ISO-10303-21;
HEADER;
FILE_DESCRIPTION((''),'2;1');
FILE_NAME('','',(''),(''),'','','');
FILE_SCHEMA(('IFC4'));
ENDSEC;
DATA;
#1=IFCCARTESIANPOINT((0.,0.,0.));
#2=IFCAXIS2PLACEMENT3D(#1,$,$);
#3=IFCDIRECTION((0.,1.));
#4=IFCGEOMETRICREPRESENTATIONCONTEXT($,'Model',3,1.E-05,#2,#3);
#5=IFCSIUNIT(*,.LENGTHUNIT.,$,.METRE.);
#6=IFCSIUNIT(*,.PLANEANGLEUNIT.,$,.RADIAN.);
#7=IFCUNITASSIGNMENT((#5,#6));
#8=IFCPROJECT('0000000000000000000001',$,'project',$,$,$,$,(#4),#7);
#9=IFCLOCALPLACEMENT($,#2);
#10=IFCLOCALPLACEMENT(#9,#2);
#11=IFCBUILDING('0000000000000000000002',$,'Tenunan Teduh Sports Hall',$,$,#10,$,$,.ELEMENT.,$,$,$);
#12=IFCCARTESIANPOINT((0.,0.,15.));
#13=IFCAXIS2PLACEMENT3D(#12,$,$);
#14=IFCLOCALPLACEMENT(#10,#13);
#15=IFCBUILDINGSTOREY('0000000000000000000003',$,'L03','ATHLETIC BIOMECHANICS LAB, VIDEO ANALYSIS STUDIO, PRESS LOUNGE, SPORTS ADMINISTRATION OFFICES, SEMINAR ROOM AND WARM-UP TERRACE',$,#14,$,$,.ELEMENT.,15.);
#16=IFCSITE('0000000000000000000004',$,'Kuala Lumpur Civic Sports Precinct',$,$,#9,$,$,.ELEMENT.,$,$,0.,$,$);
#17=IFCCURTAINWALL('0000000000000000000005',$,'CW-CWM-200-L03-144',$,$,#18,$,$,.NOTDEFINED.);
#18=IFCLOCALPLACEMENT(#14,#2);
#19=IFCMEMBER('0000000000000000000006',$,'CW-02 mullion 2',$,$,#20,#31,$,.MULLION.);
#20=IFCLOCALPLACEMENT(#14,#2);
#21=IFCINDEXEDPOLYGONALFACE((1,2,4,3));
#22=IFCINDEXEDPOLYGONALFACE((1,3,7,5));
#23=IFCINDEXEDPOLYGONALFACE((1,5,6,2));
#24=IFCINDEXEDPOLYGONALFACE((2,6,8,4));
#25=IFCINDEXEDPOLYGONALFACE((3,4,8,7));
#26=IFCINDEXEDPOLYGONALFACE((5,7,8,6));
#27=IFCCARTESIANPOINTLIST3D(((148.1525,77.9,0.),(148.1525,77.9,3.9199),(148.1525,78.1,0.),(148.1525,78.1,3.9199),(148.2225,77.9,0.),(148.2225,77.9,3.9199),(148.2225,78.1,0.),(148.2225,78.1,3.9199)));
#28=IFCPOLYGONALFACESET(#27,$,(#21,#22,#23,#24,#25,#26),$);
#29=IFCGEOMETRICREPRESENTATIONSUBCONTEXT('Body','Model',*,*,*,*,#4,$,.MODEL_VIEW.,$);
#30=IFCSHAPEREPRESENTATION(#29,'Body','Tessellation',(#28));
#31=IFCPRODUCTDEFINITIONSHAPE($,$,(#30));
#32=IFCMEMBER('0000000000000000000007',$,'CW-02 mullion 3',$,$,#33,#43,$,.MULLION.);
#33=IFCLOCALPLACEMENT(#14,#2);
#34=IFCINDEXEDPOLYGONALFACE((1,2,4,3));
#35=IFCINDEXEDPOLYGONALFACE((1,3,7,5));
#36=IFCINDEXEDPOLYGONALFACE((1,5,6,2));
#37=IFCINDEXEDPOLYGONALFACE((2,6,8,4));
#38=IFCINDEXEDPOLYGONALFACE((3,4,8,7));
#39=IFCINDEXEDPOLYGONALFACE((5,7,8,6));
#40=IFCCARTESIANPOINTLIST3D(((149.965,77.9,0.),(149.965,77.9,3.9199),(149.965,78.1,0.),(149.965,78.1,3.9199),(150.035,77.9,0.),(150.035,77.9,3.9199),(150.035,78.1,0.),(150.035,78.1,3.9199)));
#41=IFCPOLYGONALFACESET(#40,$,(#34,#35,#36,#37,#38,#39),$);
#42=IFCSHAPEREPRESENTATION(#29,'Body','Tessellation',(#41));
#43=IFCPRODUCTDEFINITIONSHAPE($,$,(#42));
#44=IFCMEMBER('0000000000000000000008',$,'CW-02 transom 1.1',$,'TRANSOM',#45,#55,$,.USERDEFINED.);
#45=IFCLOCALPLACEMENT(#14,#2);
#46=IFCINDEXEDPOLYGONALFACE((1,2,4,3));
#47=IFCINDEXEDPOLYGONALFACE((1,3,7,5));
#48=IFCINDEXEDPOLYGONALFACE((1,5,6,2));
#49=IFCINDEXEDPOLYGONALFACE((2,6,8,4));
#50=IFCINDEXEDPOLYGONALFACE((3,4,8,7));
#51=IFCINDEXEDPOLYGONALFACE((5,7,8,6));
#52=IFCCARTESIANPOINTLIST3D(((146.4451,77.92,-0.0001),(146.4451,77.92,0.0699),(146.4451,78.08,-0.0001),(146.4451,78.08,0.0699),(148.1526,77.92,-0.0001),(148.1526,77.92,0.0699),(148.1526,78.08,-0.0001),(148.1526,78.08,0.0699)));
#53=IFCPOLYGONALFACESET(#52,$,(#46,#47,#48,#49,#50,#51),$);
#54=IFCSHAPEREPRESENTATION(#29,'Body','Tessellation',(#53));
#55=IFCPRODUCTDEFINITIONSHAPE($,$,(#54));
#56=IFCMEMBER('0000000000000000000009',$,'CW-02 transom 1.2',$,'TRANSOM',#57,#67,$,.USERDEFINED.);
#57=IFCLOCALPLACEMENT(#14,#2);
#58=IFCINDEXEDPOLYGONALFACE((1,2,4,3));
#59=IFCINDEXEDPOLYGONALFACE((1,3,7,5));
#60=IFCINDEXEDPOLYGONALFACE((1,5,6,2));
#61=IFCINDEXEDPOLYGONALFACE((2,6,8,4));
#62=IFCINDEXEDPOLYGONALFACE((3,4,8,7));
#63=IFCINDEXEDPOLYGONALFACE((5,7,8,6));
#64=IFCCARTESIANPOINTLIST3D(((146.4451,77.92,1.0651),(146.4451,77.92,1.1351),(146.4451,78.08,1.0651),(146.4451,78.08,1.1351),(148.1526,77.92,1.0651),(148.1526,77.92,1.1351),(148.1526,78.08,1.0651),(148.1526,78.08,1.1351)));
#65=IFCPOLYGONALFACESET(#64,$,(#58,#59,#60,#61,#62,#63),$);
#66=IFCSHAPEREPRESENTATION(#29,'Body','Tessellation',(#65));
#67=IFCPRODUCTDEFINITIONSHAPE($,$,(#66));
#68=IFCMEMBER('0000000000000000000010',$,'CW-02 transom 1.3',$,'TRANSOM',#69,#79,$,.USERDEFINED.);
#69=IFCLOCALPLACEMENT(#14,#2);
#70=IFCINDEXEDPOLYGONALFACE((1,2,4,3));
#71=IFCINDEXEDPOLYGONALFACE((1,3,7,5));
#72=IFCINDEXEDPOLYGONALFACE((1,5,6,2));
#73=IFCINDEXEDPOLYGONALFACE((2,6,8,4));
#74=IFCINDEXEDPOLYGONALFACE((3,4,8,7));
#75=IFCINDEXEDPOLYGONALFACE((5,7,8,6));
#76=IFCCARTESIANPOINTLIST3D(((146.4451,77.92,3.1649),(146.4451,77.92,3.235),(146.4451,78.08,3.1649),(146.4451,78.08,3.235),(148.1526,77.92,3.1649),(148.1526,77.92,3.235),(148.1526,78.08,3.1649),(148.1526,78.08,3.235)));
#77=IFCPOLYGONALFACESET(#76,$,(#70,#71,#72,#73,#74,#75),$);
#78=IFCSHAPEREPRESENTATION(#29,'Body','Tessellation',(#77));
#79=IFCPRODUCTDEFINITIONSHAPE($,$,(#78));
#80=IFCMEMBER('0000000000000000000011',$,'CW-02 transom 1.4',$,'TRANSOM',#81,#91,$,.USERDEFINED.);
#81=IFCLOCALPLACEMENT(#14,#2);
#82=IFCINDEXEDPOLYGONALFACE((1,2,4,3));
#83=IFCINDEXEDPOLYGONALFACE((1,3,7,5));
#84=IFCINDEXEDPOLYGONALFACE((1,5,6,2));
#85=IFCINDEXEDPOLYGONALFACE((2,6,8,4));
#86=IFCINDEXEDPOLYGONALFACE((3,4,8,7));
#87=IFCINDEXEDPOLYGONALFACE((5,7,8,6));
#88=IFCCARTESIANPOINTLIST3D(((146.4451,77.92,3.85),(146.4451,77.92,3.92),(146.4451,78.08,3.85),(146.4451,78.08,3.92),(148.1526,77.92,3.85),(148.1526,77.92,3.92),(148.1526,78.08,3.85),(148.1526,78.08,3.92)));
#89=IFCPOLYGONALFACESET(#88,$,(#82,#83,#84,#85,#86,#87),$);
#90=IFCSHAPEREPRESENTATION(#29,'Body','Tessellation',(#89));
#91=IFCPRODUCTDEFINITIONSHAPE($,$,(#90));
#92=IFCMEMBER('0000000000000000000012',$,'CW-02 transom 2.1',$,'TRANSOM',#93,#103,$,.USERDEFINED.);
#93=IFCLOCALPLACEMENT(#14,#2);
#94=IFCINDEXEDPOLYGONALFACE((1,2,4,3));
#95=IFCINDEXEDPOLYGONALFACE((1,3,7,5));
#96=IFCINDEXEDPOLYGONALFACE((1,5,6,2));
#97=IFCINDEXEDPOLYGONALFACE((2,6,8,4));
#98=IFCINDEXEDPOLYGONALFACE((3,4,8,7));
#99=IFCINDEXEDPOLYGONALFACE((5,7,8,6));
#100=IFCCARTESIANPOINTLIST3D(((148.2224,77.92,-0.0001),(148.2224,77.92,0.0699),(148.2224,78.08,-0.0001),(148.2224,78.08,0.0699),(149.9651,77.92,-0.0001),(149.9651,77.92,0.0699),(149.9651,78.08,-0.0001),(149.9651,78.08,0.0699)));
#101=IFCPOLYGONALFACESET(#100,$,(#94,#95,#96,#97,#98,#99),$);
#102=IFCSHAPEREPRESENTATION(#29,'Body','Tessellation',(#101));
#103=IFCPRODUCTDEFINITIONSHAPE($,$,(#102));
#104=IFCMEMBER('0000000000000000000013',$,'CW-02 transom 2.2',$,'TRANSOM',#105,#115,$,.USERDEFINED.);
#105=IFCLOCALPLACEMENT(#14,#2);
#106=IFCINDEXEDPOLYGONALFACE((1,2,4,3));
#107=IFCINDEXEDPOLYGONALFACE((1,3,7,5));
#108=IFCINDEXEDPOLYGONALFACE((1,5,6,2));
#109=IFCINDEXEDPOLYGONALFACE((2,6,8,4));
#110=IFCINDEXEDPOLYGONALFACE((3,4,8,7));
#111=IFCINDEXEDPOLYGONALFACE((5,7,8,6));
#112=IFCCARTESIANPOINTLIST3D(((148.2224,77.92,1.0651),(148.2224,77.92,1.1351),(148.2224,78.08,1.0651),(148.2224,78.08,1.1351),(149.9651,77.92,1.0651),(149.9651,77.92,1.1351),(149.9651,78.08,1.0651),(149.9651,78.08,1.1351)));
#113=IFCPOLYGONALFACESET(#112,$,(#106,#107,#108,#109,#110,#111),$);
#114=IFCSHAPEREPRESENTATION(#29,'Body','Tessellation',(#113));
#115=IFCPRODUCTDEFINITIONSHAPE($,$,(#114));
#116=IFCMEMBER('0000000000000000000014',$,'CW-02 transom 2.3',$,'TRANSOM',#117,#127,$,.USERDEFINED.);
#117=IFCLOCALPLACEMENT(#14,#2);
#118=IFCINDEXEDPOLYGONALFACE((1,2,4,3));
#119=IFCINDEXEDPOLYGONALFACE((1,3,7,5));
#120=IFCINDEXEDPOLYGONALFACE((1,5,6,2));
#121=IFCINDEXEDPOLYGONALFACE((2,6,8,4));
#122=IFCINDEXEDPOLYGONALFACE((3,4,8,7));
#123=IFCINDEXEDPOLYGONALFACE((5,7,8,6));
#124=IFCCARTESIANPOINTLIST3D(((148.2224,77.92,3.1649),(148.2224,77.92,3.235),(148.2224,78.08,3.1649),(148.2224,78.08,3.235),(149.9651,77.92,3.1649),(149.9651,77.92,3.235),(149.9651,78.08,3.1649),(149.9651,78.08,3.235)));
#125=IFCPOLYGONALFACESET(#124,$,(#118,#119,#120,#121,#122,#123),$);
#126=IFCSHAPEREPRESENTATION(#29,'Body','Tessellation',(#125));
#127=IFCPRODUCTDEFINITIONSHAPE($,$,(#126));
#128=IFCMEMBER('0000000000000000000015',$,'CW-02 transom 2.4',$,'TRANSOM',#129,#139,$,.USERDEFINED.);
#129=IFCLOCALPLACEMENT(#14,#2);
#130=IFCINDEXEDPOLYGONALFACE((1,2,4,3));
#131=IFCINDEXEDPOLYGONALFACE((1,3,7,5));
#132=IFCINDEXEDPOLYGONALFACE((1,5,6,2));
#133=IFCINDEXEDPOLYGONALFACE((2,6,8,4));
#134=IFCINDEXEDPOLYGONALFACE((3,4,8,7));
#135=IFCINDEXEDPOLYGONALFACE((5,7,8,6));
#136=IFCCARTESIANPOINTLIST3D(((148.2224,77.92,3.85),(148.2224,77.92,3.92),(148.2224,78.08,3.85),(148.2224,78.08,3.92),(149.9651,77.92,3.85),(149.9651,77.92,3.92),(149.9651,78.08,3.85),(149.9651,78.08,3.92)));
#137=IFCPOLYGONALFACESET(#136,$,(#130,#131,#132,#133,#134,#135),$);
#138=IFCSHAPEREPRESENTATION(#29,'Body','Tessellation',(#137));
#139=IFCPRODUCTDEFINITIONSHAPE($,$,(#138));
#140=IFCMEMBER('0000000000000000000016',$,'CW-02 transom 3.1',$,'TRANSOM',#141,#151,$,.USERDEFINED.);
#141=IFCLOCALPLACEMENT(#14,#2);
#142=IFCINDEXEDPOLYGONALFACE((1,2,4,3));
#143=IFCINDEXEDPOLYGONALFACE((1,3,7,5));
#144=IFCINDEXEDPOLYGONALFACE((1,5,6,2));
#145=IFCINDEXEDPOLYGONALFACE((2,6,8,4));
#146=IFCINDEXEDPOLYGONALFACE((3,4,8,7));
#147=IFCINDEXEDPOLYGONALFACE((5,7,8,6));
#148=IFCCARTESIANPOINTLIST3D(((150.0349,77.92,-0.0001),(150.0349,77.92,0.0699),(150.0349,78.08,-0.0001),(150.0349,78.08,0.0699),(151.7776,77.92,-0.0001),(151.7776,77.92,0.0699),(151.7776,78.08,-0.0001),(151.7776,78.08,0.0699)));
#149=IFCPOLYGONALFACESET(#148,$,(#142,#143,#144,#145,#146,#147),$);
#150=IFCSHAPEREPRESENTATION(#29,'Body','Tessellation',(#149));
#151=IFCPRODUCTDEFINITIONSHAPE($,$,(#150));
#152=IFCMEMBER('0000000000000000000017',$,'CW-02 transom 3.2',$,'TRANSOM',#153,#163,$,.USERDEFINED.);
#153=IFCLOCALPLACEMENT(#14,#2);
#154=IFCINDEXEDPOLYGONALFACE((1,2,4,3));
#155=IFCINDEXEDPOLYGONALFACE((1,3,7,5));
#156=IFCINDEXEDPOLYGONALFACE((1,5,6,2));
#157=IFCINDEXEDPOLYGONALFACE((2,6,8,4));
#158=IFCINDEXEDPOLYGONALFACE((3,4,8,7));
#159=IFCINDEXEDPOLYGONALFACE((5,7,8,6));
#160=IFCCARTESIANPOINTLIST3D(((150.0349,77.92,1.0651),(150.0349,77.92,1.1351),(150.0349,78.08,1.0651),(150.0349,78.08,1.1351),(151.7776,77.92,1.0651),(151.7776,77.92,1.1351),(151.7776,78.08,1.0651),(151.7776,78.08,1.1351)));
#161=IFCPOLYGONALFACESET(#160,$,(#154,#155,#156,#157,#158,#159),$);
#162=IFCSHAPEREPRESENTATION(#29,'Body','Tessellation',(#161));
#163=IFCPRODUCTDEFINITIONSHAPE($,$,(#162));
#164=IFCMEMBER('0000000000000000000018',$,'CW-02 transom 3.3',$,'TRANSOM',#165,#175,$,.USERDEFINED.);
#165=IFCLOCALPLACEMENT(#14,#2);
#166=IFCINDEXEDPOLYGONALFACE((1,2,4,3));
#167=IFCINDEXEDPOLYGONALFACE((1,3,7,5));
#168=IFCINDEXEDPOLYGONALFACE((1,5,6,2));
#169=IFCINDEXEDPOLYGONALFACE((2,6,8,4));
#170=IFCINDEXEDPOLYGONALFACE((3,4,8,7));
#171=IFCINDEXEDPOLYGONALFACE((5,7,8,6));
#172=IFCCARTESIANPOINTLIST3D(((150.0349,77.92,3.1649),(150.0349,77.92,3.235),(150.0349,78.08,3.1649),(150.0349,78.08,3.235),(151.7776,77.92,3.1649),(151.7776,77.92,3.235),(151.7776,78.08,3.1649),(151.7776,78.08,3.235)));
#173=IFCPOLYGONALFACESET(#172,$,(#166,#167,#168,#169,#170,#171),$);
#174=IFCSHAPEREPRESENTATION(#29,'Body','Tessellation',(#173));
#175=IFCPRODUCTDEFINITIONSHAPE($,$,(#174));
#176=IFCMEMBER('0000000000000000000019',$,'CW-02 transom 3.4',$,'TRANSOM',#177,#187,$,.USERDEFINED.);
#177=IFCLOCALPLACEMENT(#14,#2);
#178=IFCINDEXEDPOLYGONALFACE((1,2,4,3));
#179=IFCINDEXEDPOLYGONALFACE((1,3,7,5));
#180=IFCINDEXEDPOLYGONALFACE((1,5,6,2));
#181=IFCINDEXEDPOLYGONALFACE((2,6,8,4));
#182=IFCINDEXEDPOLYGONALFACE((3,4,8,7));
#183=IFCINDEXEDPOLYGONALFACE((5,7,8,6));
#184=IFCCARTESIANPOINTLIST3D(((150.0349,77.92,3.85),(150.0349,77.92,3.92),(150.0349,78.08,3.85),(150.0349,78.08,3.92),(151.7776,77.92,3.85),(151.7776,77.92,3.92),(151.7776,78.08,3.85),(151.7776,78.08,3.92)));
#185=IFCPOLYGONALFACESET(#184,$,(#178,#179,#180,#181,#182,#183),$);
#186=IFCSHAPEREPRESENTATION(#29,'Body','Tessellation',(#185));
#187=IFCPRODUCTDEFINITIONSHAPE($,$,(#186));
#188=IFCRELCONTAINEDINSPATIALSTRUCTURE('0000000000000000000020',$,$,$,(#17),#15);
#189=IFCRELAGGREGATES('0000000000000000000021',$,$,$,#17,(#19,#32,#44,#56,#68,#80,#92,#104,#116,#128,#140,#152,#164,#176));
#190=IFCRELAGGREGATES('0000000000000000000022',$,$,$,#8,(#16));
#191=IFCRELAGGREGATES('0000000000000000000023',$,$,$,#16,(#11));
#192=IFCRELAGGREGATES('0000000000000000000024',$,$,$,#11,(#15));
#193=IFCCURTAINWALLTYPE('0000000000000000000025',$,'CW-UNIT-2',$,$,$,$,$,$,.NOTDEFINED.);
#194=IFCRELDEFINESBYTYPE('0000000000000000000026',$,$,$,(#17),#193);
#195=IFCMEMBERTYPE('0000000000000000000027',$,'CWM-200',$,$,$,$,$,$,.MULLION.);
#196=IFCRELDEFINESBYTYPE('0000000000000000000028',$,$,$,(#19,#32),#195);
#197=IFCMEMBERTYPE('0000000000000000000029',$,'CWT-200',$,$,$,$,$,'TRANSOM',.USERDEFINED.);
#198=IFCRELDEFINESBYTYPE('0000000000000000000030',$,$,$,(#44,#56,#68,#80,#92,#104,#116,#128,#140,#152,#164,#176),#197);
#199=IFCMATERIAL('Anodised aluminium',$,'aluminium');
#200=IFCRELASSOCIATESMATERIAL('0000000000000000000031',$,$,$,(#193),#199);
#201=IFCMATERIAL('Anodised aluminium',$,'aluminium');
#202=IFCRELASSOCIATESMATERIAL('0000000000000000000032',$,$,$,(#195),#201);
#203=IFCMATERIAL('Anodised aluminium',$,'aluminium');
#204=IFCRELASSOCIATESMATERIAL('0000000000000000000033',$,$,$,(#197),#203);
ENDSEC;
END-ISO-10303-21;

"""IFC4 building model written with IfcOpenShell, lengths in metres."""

from ifc_helpers import new_model, si_unit, direction, frame, origin, origin_2d, place, context, subcontext, project, spatial, rectangle, extrude, material, material_profile, profile_set, type_object, element, aggregate, save


model = new_model("IFC4")

# Units and contexts
model_context = context("Model", 3, precision=1e-05, world=origin(), true_north=direction((0.0, 1.0)))
body_context = subcontext(model_context, "Body", "Model", "MODEL_VIEW")
ifc_project = project(units=[si_unit("LENGTHUNIT", "METRE"), si_unit("PLANEANGLEUNIT", "RADIAN")], contexts=[model_context])

# Site, building, storey
site_placement = place(None, origin())
site = spatial("IfcSite", under=ifc_project, at=site_placement, Name="Kuala Lumpur Civic Sports Precinct", CompositionType="ELEMENT", RefElevation=0.0)
building_placement = place(site_placement, origin())
building = spatial("IfcBuilding", under=site, at=building_placement, Name="Tenunan Teduh Sports Hall", CompositionType="ELEMENT")
storey_placement = place(building_placement, frame((0.0, 0.0, 15.0)))
storey = spatial("IfcBuildingStorey", under=building, at=storey_placement, Name="L03", Description="ATHLETIC BIOMECHANICS LAB, VIDEO ANALYSIS STUDIO, PRESS LOUNGE, SPORTS ADMINISTRATION OFFICES, SEMINAR ROOM AND WARM-UP TERRACE", CompositionType="ELEMENT", Elevation=15.0)

# Curtain wall, members
ifc_material_1 = material(Name="Anodised aluminium", Category="aluminium")
curtain_wall_type = type_object("IfcCurtainWallType", Name="CW-UNIT-2", PredefinedType="NOTDEFINED", material=ifc_material_1)
curtain_wall_placement = place(storey_placement, origin())
curtain_wall = element("IfcCurtainWall", 1, at=curtain_wall_placement, inside=storey, type_object=curtain_wall_type, Name="CW-CWM-200-L03-144", PredefinedType="NOTDEFINED")
ifc_material_2 = material(Name="Anodised aluminium", Category="aluminium")
ifc_material_profile_1 = material_profile(ifc_material_2, rectangle(XDim=0.0701, YDim=0.2, at=origin_2d()), Name="CWM 70x200")
ifc_profile_set_1 = profile_set([ifc_material_profile_1], Name="Anodised aluminium")
member_type_1 = type_object("IfcMemberType", Name="CWM-200", PredefinedType="MULLION", material=ifc_profile_set_1)
member_1_placement = place(storey_placement, frame((148.1875, 78.0, 0.0), z_axis=(0.0, 0.0, 1.0), x_axis=(1.0, 0.0, 0.0)))
member_1 = element("IfcMember", 2, at=member_1_placement, type_object=member_type_1, Name="CW-02 mullion 2", PredefinedType="MULLION", context=body_context, shape_type="SweptSolid", body=[
    extrude(rectangle(XDim=0.0701, YDim=0.2, at=origin_2d()), origin(), (0.0, 0.0, 1.0), 3.9199),
])
member_2_placement = place(storey_placement, frame((150.0, 78.0, 0.0), z_axis=(0.0, 0.0, 1.0), x_axis=(1.0, 0.0, 0.0)))
member_2 = element("IfcMember", 3, at=member_2_placement, type_object=member_type_1, Name="CW-02 mullion 3", PredefinedType="MULLION", context=body_context, shape_type="SweptSolid", body=[
    extrude(rectangle(XDim=0.0701, YDim=0.2, at=origin_2d()), origin(), (0.0, 0.0, 1.0), 3.9199),
])
ifc_material_3 = material(Name="Anodised aluminium", Category="aluminium")
ifc_material_profile_2 = material_profile(ifc_material_3, rectangle(XDim=0.0701, YDim=0.1599, at=origin_2d()), Name="CWT 70x160")
ifc_profile_set_2 = profile_set([ifc_material_profile_2], Name="Anodised aluminium")
member_type_2 = type_object("IfcMemberType", Name="CWT-200", ElementType="TRANSOM", PredefinedType="USERDEFINED", material=ifc_profile_set_2)
member_3_placement = place(storey_placement, frame((146.4451, 78.0, 0.0349), z_axis=(1.0, 0.0, 0.0), x_axis=(0.0, 0.0, 1.0)))
member_3 = element("IfcMember", 4, at=member_3_placement, type_object=member_type_2, Name="CW-02 transom 1.1", ObjectType="TRANSOM", PredefinedType="USERDEFINED", context=body_context, shape_type="SweptSolid", body=[
    extrude(rectangle(XDim=0.0701, YDim=0.1599, at=origin_2d()), origin(), (0.0, 0.0, 1.0), 1.7075),
])
member_4_placement = place(storey_placement, frame((146.4451, 78.0, 1.1001), z_axis=(1.0, 0.0, 0.0), x_axis=(0.0, 0.0, 1.0)))
member_4 = element("IfcMember", 5, at=member_4_placement, type_object=member_type_2, Name="CW-02 transom 1.2", ObjectType="TRANSOM", PredefinedType="USERDEFINED", context=body_context, shape_type="SweptSolid", body=[
    extrude(rectangle(XDim=0.0701, YDim=0.1599, at=origin_2d()), origin(), (0.0, 0.0, 1.0), 1.7075),
])
member_5_placement = place(storey_placement, frame((146.4451, 78.0, 3.2), z_axis=(1.0, 0.0, 0.0), x_axis=(0.0, 0.0, 1.0)))
member_5 = element("IfcMember", 6, at=member_5_placement, type_object=member_type_2, Name="CW-02 transom 1.3", ObjectType="TRANSOM", PredefinedType="USERDEFINED", context=body_context, shape_type="SweptSolid", body=[
    extrude(rectangle(XDim=0.0701, YDim=0.1599, at=origin_2d()), origin(), (0.0, 0.0, 1.0), 1.7075),
])
member_6_placement = place(storey_placement, frame((146.4451, 78.0, 3.885), z_axis=(1.0, 0.0, 0.0), x_axis=(0.0, 0.0, 1.0)))
member_6 = element("IfcMember", 7, at=member_6_placement, type_object=member_type_2, Name="CW-02 transom 1.4", ObjectType="TRANSOM", PredefinedType="USERDEFINED", context=body_context, shape_type="SweptSolid", body=[
    extrude(rectangle(XDim=0.0701, YDim=0.1599, at=origin_2d()), origin(), (0.0, 0.0, 1.0), 1.7075),
])
member_7_placement = place(storey_placement, frame((148.2224, 78.0, 0.0349), z_axis=(1.0, 0.0, 0.0), x_axis=(0.0, 0.0, 1.0)))
member_7 = element("IfcMember", 8, at=member_7_placement, type_object=member_type_2, Name="CW-02 transom 2.1", ObjectType="TRANSOM", PredefinedType="USERDEFINED", context=body_context, shape_type="SweptSolid", body=[
    extrude(rectangle(XDim=0.0701, YDim=0.1599, at=origin_2d()), origin(), (0.0, 0.0, 1.0), 1.7427),
])
member_8_placement = place(storey_placement, frame((148.2224, 78.0, 1.1001), z_axis=(1.0, 0.0, 0.0), x_axis=(0.0, 0.0, 1.0)))
member_8 = element("IfcMember", 9, at=member_8_placement, type_object=member_type_2, Name="CW-02 transom 2.2", ObjectType="TRANSOM", PredefinedType="USERDEFINED", context=body_context, shape_type="SweptSolid", body=[
    extrude(rectangle(XDim=0.0701, YDim=0.1599, at=origin_2d()), origin(), (0.0, 0.0, 1.0), 1.7427),
])
member_9_placement = place(storey_placement, frame((148.2224, 78.0, 3.2), z_axis=(1.0, 0.0, 0.0), x_axis=(0.0, 0.0, 1.0)))
member_9 = element("IfcMember", 10, at=member_9_placement, type_object=member_type_2, Name="CW-02 transom 2.3", ObjectType="TRANSOM", PredefinedType="USERDEFINED", context=body_context, shape_type="SweptSolid", body=[
    extrude(rectangle(XDim=0.0701, YDim=0.1599, at=origin_2d()), origin(), (0.0, 0.0, 1.0), 1.7427),
])
member_10_placement = place(storey_placement, frame((148.2224, 78.0, 3.885), z_axis=(1.0, 0.0, 0.0), x_axis=(0.0, 0.0, 1.0)))
member_10 = element("IfcMember", 11, at=member_10_placement, type_object=member_type_2, Name="CW-02 transom 2.4", ObjectType="TRANSOM", PredefinedType="USERDEFINED", context=body_context, shape_type="SweptSolid", body=[
    extrude(rectangle(XDim=0.0701, YDim=0.1599, at=origin_2d()), origin(), (0.0, 0.0, 1.0), 1.7427),
])
member_11_placement = place(storey_placement, frame((150.0349, 78.0, 0.0349), z_axis=(1.0, 0.0, 0.0), x_axis=(0.0, 0.0, 1.0)))
member_11 = element("IfcMember", 12, at=member_11_placement, type_object=member_type_2, Name="CW-02 transom 3.1", ObjectType="TRANSOM", PredefinedType="USERDEFINED", context=body_context, shape_type="SweptSolid", body=[
    extrude(rectangle(XDim=0.0701, YDim=0.1599, at=origin_2d()), origin(), (0.0, 0.0, 1.0), 1.7427),
])
member_12_placement = place(storey_placement, frame((150.0349, 78.0, 1.1001), z_axis=(1.0, 0.0, 0.0), x_axis=(0.0, 0.0, 1.0)))
member_12 = element("IfcMember", 13, at=member_12_placement, type_object=member_type_2, Name="CW-02 transom 3.2", ObjectType="TRANSOM", PredefinedType="USERDEFINED", context=body_context, shape_type="SweptSolid", body=[
    extrude(rectangle(XDim=0.0701, YDim=0.1599, at=origin_2d()), origin(), (0.0, 0.0, 1.0), 1.7427),
])
member_13_placement = place(storey_placement, frame((150.0349, 78.0, 3.2), z_axis=(1.0, 0.0, 0.0), x_axis=(0.0, 0.0, 1.0)))
member_13 = element("IfcMember", 14, at=member_13_placement, type_object=member_type_2, Name="CW-02 transom 3.3", ObjectType="TRANSOM", PredefinedType="USERDEFINED", context=body_context, shape_type="SweptSolid", body=[
    extrude(rectangle(XDim=0.0701, YDim=0.1599, at=origin_2d()), origin(), (0.0, 0.0, 1.0), 1.7427),
])
member_14_placement = place(storey_placement, frame((150.0349, 78.0, 3.885), z_axis=(1.0, 0.0, 0.0), x_axis=(0.0, 0.0, 1.0)))
member_14 = element("IfcMember", 15, at=member_14_placement, type_object=member_type_2, Name="CW-02 transom 3.4", ObjectType="TRANSOM", PredefinedType="USERDEFINED", context=body_context, shape_type="SweptSolid", body=[
    extrude(rectangle(XDim=0.0701, YDim=0.1599, at=origin_2d()), origin(), (0.0, 0.0, 1.0), 1.7427),
])
aggregate(curtain_wall, [member_1, member_2, member_3, member_4, member_5, member_6, member_7, member_8, member_9, member_10, member_11, member_12, member_13, member_14])

save(model, "model.ifc")
